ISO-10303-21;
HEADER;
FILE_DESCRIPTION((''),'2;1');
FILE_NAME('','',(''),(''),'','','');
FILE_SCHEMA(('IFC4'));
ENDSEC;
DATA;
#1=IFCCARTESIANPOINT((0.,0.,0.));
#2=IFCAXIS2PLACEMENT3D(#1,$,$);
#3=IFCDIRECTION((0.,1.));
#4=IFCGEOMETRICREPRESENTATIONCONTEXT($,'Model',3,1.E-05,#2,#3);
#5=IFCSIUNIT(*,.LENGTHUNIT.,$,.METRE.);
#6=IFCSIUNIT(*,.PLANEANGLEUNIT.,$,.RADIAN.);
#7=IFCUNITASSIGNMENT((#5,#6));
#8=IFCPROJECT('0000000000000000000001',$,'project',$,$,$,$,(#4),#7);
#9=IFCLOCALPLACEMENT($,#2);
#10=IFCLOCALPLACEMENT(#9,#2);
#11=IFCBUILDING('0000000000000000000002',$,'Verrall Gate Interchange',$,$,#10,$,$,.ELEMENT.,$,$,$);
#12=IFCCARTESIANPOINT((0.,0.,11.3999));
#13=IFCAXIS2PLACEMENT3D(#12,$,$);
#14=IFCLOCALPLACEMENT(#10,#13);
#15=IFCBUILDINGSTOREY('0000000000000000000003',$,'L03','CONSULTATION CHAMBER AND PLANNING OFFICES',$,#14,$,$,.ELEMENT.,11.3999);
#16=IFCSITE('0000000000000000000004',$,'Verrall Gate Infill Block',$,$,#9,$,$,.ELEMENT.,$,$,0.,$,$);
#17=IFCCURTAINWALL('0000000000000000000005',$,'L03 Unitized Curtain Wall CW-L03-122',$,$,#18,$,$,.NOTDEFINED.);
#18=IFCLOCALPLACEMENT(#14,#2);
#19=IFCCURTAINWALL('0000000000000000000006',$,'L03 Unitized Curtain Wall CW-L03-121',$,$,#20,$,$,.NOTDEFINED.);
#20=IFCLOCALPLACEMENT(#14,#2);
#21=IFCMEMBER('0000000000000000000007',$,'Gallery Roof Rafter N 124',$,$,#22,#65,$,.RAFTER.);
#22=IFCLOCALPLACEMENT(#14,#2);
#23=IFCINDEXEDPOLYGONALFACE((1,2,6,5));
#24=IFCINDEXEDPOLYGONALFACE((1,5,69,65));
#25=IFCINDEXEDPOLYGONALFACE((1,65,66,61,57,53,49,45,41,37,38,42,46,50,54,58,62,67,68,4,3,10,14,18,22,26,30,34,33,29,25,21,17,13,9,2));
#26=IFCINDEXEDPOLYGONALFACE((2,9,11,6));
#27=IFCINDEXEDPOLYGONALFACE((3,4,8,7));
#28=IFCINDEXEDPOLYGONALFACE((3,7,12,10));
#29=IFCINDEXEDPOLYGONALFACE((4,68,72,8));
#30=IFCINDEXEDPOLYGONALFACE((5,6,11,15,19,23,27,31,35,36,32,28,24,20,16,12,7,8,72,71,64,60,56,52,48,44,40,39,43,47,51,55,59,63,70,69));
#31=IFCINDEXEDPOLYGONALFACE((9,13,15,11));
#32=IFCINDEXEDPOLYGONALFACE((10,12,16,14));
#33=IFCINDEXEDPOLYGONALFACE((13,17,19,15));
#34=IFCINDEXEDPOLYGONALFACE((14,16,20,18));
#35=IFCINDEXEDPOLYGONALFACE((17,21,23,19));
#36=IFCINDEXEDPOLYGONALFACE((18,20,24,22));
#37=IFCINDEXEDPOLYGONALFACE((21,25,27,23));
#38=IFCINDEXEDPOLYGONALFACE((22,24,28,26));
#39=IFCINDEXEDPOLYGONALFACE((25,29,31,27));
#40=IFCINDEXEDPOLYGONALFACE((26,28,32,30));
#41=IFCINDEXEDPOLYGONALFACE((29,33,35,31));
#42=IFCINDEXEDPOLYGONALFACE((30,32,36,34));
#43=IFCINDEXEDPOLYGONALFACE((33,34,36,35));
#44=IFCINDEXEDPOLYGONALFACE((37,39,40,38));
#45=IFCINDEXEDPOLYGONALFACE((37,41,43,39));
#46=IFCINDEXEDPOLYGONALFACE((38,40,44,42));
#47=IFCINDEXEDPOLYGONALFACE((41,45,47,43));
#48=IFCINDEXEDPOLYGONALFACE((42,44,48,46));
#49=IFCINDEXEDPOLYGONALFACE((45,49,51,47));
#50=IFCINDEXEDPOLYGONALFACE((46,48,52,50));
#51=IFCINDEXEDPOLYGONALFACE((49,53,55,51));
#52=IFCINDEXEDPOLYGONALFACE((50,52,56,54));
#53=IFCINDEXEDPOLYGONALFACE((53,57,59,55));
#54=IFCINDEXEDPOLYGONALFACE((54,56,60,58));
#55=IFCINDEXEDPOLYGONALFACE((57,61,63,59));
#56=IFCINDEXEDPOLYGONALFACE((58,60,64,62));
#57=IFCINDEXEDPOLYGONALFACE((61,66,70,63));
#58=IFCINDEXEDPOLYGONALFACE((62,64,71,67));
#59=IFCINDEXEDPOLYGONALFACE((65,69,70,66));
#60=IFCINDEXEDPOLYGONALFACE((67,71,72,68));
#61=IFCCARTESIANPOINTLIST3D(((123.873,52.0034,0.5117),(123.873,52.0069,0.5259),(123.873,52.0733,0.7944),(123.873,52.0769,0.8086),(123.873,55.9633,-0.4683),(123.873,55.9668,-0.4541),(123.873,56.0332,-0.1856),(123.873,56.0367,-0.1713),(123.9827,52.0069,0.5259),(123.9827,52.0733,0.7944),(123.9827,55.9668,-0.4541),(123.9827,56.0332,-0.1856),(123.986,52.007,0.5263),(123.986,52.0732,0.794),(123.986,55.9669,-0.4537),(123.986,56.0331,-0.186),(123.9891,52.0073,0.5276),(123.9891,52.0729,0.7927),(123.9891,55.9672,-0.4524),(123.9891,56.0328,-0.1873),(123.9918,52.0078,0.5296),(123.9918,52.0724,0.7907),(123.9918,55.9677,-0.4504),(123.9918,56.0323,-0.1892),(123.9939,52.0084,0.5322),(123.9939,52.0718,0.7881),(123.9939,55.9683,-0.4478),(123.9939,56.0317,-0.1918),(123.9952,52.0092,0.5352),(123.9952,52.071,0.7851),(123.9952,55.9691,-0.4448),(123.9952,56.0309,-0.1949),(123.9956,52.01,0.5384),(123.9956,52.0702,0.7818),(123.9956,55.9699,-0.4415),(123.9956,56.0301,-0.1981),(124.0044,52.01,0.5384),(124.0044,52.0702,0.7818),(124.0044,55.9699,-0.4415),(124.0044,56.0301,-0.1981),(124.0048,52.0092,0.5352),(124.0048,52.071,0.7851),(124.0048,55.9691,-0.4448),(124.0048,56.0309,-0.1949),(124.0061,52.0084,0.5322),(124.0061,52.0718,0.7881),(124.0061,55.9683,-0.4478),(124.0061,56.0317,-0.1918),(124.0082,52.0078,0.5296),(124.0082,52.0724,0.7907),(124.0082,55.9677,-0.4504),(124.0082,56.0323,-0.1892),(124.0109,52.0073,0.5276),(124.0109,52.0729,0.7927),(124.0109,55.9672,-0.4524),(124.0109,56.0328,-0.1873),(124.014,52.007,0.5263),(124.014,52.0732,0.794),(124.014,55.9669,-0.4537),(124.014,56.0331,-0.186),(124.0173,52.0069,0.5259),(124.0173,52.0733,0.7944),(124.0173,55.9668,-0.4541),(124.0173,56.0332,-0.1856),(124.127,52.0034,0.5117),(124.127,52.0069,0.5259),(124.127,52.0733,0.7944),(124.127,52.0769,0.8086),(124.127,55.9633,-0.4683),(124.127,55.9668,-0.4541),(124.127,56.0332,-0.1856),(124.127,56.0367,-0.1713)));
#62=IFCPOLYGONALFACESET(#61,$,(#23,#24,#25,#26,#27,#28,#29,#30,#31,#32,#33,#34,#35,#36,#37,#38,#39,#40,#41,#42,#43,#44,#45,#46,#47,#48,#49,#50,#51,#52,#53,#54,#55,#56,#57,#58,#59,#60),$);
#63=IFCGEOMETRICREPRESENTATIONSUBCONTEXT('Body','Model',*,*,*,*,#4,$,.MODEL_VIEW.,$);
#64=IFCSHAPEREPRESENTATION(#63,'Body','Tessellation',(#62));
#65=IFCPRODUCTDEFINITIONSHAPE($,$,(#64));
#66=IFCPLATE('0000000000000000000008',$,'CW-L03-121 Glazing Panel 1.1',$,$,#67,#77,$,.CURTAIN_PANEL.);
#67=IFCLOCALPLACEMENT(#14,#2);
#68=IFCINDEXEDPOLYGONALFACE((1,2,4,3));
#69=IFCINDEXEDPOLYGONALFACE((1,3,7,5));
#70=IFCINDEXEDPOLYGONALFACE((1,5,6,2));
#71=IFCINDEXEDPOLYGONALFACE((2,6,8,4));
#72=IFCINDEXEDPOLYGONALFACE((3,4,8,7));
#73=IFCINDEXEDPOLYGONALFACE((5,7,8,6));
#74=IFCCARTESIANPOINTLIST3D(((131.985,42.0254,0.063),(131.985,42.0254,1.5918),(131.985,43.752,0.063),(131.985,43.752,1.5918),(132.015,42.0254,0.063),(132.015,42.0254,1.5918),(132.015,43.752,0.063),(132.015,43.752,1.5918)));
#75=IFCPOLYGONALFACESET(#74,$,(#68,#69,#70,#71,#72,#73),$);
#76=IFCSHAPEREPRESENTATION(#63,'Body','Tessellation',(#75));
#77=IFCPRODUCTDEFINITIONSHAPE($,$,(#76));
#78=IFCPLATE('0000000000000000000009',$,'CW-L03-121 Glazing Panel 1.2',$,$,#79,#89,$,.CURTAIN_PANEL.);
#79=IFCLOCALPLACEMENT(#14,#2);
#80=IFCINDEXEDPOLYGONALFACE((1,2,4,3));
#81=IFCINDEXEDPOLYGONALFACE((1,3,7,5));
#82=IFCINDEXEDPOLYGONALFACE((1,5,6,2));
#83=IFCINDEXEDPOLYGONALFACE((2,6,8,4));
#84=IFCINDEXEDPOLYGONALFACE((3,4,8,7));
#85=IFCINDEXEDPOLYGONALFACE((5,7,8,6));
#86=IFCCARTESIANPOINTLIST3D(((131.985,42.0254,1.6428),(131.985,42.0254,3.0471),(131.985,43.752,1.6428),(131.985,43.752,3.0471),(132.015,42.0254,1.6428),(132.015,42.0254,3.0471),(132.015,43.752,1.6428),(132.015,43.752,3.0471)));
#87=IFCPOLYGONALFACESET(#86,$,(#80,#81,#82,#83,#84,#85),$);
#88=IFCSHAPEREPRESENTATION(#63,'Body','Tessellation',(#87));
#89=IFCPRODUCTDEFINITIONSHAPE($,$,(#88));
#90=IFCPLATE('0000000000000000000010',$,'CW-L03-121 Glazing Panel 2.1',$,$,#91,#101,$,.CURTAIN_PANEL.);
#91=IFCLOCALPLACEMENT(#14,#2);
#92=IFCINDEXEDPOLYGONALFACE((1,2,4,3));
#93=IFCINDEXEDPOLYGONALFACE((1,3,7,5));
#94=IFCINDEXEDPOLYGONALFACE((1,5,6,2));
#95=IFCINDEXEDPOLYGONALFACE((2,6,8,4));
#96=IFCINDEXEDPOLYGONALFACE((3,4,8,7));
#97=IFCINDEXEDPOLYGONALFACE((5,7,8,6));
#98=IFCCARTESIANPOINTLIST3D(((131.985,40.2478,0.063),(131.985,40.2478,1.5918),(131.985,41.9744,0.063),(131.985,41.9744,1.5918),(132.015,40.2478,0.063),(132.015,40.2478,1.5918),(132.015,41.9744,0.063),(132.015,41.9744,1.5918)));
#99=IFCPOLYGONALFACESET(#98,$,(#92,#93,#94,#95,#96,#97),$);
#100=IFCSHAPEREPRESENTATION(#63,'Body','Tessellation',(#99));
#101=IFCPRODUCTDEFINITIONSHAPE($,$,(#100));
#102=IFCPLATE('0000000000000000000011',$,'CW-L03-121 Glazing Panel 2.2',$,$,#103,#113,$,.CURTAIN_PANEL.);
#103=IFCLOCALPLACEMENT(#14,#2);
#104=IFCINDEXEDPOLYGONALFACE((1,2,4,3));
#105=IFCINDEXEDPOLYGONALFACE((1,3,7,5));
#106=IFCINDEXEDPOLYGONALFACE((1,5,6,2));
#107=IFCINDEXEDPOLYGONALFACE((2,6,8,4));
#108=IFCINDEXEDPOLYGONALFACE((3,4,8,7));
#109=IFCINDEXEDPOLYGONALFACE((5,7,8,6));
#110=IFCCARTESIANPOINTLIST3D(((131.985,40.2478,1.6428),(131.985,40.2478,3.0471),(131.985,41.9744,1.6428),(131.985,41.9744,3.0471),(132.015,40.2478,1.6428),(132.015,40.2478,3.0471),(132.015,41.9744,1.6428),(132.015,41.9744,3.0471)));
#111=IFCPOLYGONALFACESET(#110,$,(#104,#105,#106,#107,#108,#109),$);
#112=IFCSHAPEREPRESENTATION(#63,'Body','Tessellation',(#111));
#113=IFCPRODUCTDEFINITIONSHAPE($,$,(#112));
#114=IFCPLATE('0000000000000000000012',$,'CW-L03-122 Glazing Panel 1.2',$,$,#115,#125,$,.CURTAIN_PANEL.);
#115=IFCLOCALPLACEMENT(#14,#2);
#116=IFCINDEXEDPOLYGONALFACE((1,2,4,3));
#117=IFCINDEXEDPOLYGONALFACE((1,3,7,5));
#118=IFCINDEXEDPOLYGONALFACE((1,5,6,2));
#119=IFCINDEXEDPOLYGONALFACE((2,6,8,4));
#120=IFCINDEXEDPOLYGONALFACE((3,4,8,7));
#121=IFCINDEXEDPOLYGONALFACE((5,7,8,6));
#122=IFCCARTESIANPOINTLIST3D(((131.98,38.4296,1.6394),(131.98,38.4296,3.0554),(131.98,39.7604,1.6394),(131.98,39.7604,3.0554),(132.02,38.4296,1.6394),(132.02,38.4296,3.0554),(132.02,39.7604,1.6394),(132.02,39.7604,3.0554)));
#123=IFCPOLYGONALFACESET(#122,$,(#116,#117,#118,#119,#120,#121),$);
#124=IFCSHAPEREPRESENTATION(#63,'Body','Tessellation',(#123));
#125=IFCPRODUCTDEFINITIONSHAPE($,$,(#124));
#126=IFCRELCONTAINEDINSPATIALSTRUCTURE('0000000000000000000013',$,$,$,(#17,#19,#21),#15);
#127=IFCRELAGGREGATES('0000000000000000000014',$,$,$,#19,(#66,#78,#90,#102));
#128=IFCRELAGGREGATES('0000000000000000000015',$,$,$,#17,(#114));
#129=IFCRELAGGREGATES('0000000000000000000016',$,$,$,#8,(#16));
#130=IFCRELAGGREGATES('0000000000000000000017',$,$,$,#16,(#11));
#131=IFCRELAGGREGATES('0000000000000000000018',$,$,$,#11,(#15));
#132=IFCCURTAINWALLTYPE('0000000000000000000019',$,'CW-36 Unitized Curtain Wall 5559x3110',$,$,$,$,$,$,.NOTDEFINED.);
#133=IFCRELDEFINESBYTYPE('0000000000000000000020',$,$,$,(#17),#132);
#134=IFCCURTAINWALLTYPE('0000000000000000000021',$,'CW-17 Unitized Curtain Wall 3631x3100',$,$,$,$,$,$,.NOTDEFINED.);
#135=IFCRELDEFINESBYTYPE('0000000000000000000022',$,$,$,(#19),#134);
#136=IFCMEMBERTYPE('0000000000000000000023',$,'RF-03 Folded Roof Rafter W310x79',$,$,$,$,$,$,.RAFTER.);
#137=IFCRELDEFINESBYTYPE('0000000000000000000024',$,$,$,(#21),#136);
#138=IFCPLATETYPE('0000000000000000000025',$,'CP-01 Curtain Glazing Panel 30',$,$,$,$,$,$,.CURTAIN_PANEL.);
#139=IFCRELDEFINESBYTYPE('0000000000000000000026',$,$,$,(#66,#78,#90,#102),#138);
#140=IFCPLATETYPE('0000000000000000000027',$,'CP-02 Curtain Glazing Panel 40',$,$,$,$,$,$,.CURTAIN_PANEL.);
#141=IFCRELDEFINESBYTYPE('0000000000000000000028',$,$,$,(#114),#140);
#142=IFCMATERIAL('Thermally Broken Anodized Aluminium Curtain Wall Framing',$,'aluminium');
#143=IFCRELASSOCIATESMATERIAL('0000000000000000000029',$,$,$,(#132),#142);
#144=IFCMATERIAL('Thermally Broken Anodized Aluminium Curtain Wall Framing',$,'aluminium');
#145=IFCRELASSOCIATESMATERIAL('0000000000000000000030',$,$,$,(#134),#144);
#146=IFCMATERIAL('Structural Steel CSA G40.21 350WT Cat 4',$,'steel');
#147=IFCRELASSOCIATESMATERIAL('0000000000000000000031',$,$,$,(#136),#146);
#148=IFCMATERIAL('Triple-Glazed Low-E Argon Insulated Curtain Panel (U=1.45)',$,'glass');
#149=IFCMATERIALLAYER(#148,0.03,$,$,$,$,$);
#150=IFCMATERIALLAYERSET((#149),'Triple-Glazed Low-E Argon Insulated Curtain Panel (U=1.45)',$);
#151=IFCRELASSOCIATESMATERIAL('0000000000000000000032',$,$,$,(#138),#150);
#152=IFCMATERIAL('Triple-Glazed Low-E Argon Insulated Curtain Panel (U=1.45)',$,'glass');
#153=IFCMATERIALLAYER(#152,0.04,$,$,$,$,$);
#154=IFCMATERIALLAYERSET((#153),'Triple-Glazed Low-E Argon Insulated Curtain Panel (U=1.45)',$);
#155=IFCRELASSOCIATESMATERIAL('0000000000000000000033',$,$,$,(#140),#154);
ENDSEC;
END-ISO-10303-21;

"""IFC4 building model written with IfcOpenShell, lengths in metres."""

from ifc_helpers import new_model, si_unit, direction, frame, origin, origin_2d, place, context, subcontext, project, spatial, rectangle, i_section, extrude, material, layer, layer_set, material_profile, profile_set, type_object, element, aggregate, save


model = new_model("IFC4")

# Units and contexts
model_context = context("Model", 3, precision=1e-05, world=origin(), true_north=direction((0.0, 1.0)))
body_context = subcontext(model_context, "Body", "Model", "MODEL_VIEW")
ifc_project = project(units=[si_unit("LENGTHUNIT", "METRE"), si_unit("PLANEANGLEUNIT", "RADIAN")], contexts=[model_context])

# Site, building, storey
site_placement = place(None, origin())
site = spatial("IfcSite", under=ifc_project, at=site_placement, Name="Verrall Gate Infill Block", CompositionType="ELEMENT", RefElevation=0.0)
building_placement = place(site_placement, origin())
building = spatial("IfcBuilding", under=site, at=building_placement, Name="Verrall Gate Interchange", CompositionType="ELEMENT")
storey_placement = place(building_placement, frame((0.0, 0.0, 11.3999)))
storey = spatial("IfcBuildingStorey", under=building, at=storey_placement, Name="L03", Description="CONSULTATION CHAMBER AND PLANNING OFFICES", CompositionType="ELEMENT", Elevation=11.3999)

# Curtain wall
ifc_material_1 = material(Name="Thermally Broken Anodized Aluminium Curtain Wall Framing", Category="aluminium")
curtain_wall_type_1 = type_object("IfcCurtainWallType", Name="CW-36 Unitized Curtain Wall 5559x3110", PredefinedType="NOTDEFINED", material=ifc_material_1)
curtain_wall_1_placement = place(storey_placement, origin())
curtain_wall_1 = element("IfcCurtainWall", 1, at=curtain_wall_1_placement, inside=storey, type_object=curtain_wall_type_1, Name="L03 Unitized Curtain Wall CW-L03-122", PredefinedType="NOTDEFINED")

# Curtain wall
ifc_material_2 = material(Name="Thermally Broken Anodized Aluminium Curtain Wall Framing", Category="aluminium")
curtain_wall_type_2 = type_object("IfcCurtainWallType", Name="CW-17 Unitized Curtain Wall 3631x3100", PredefinedType="NOTDEFINED", material=ifc_material_2)
curtain_wall_2_placement = place(storey_placement, origin())
curtain_wall_2 = element("IfcCurtainWall", 2, at=curtain_wall_2_placement, inside=storey, type_object=curtain_wall_type_2, Name="L03 Unitized Curtain Wall CW-L03-121", PredefinedType="NOTDEFINED")

# Member
ifc_material_3 = material(Name="Structural Steel CSA G40.21 350WT Cat 4", Category="steel")
ifc_material_profile_1 = material_profile(ifc_material_3, i_section(OverallWidth=0.2539, OverallDepth=0.3059, WebThickness=0.0088, FlangeThickness=0.0146, FilletRadius=0.0129, at=origin_2d()), Name="W310x79")
ifc_profile_set_1 = profile_set([ifc_material_profile_1], Name="Structural Steel CSA G40.21 350WT Cat 4")
member_type_1 = type_object("IfcMemberType", Name="RF-03 Folded Roof Rafter W310x79", PredefinedType="RAFTER", material=ifc_profile_set_1)
for number, where, z_axis, x_axis, name in (
    (3, (124.0, 56.0, -0.3198), (0.0, -0.970717, 0.240226), (1.0, 0.0, 0.0), "Gallery Roof Rafter N 124"),
):
    element("IfcMember", number, at=place(storey_placement, frame(where, z_axis=z_axis, x_axis=x_axis)), inside=storey, type_object=member_type_1, Name=name, PredefinedType="RAFTER", context=body_context, shape_type="SweptSolid", body=[
        extrude(i_section(OverallWidth=0.2539, OverallDepth=0.3059, WebThickness=0.0088, FlangeThickness=0.0146, FilletRadius=0.0129, at=origin_2d()), origin(), (0.0, 0.0, 1.0), 4.0793),
    ])

# Plates
ifc_material_4 = material(Name="Triple-Glazed Low-E Argon Insulated Curtain Panel (U=1.45)", Category="glass")
ifc_layer_1 = layer(ifc_material_4, 0.03)
ifc_layer_set_1 = layer_set([ifc_layer_1], Name="Triple-Glazed Low-E Argon Insulated Curtain Panel (U=1.45)")
plate_type_1 = type_object("IfcPlateType", Name="CP-01 Curtain Glazing Panel 30", PredefinedType="CURTAIN_PANEL", material=ifc_layer_set_1)
plate_1_placement = place(storey_placement, frame((132.0, 42.8887, 0.063), z_axis=(0.0, 0.0, 1.0), x_axis=(0.0, -1.0, 0.0)))
plate_1 = element("IfcPlate", 4, at=plate_1_placement, type_object=plate_type_1, Name="CW-L03-121 Glazing Panel 1.1", PredefinedType="CURTAIN_PANEL", context=body_context, shape_type="SweptSolid", body=[
    extrude(rectangle(XDim=1.7266, YDim=0.03, at=origin_2d()), origin(), (0.0, 0.0, 1.0), 1.5288),
])
plate_2_placement = place(storey_placement, frame((132.0, 42.8887, 1.6428), z_axis=(0.0, 0.0, 1.0), x_axis=(0.0, -1.0, 0.0)))
plate_2 = element("IfcPlate", 5, at=plate_2_placement, type_object=plate_type_1, Name="CW-L03-121 Glazing Panel 1.2", PredefinedType="CURTAIN_PANEL", context=body_context, shape_type="SweptSolid", body=[
    extrude(rectangle(XDim=1.7266, YDim=0.03, at=origin_2d()), origin(), (0.0, 0.0, 1.0), 1.4043),
])
plate_3_placement = place(storey_placement, frame((132.0, 41.1111, 0.063), z_axis=(0.0, 0.0, 1.0), x_axis=(0.0, -1.0, 0.0)))
plate_3 = element("IfcPlate", 6, at=plate_3_placement, type_object=plate_type_1, Name="CW-L03-121 Glazing Panel 2.1", PredefinedType="CURTAIN_PANEL", context=body_context, shape_type="SweptSolid", body=[
    extrude(rectangle(XDim=1.7266, YDim=0.03, at=origin_2d()), origin(), (0.0, 0.0, 1.0), 1.5288),
])
plate_4_placement = place(storey_placement, frame((132.0, 41.1111, 1.6428), z_axis=(0.0, 0.0, 1.0), x_axis=(0.0, -1.0, 0.0)))
plate_4 = element("IfcPlate", 7, at=plate_4_placement, type_object=plate_type_1, Name="CW-L03-121 Glazing Panel 2.2", PredefinedType="CURTAIN_PANEL", context=body_context, shape_type="SweptSolid", body=[
    extrude(rectangle(XDim=1.7266, YDim=0.03, at=origin_2d()), origin(), (0.0, 0.0, 1.0), 1.4043),
])
aggregate(curtain_wall_2, [plate_1, plate_2, plate_3, plate_4])
ifc_material_5 = material(Name="Triple-Glazed Low-E Argon Insulated Curtain Panel (U=1.45)", Category="glass")
ifc_layer_2 = layer(ifc_material_5, 0.04)
ifc_layer_set_2 = layer_set([ifc_layer_2], Name="Triple-Glazed Low-E Argon Insulated Curtain Panel (U=1.45)")
plate_type_2 = type_object("IfcPlateType", Name="CP-02 Curtain Glazing Panel 40", PredefinedType="CURTAIN_PANEL", material=ifc_layer_set_2)
plate_5_placement = place(storey_placement, frame((132.0, 39.095, 1.6394), z_axis=(0.0, 0.0, 1.0), x_axis=(0.0, -1.0, 0.0)))
plate_5 = element("IfcPlate", 8, at=plate_5_placement, type_object=plate_type_2, Name="CW-L03-122 Glazing Panel 1.2", PredefinedType="CURTAIN_PANEL", context=body_context, shape_type="SweptSolid", body=[
    extrude(rectangle(XDim=1.3308, YDim=0.04, at=origin_2d()), origin(), (0.0, 0.0, 1.0), 1.416),
])
aggregate(curtain_wall_1, [plate_5])

save(model, "model.ifc")
